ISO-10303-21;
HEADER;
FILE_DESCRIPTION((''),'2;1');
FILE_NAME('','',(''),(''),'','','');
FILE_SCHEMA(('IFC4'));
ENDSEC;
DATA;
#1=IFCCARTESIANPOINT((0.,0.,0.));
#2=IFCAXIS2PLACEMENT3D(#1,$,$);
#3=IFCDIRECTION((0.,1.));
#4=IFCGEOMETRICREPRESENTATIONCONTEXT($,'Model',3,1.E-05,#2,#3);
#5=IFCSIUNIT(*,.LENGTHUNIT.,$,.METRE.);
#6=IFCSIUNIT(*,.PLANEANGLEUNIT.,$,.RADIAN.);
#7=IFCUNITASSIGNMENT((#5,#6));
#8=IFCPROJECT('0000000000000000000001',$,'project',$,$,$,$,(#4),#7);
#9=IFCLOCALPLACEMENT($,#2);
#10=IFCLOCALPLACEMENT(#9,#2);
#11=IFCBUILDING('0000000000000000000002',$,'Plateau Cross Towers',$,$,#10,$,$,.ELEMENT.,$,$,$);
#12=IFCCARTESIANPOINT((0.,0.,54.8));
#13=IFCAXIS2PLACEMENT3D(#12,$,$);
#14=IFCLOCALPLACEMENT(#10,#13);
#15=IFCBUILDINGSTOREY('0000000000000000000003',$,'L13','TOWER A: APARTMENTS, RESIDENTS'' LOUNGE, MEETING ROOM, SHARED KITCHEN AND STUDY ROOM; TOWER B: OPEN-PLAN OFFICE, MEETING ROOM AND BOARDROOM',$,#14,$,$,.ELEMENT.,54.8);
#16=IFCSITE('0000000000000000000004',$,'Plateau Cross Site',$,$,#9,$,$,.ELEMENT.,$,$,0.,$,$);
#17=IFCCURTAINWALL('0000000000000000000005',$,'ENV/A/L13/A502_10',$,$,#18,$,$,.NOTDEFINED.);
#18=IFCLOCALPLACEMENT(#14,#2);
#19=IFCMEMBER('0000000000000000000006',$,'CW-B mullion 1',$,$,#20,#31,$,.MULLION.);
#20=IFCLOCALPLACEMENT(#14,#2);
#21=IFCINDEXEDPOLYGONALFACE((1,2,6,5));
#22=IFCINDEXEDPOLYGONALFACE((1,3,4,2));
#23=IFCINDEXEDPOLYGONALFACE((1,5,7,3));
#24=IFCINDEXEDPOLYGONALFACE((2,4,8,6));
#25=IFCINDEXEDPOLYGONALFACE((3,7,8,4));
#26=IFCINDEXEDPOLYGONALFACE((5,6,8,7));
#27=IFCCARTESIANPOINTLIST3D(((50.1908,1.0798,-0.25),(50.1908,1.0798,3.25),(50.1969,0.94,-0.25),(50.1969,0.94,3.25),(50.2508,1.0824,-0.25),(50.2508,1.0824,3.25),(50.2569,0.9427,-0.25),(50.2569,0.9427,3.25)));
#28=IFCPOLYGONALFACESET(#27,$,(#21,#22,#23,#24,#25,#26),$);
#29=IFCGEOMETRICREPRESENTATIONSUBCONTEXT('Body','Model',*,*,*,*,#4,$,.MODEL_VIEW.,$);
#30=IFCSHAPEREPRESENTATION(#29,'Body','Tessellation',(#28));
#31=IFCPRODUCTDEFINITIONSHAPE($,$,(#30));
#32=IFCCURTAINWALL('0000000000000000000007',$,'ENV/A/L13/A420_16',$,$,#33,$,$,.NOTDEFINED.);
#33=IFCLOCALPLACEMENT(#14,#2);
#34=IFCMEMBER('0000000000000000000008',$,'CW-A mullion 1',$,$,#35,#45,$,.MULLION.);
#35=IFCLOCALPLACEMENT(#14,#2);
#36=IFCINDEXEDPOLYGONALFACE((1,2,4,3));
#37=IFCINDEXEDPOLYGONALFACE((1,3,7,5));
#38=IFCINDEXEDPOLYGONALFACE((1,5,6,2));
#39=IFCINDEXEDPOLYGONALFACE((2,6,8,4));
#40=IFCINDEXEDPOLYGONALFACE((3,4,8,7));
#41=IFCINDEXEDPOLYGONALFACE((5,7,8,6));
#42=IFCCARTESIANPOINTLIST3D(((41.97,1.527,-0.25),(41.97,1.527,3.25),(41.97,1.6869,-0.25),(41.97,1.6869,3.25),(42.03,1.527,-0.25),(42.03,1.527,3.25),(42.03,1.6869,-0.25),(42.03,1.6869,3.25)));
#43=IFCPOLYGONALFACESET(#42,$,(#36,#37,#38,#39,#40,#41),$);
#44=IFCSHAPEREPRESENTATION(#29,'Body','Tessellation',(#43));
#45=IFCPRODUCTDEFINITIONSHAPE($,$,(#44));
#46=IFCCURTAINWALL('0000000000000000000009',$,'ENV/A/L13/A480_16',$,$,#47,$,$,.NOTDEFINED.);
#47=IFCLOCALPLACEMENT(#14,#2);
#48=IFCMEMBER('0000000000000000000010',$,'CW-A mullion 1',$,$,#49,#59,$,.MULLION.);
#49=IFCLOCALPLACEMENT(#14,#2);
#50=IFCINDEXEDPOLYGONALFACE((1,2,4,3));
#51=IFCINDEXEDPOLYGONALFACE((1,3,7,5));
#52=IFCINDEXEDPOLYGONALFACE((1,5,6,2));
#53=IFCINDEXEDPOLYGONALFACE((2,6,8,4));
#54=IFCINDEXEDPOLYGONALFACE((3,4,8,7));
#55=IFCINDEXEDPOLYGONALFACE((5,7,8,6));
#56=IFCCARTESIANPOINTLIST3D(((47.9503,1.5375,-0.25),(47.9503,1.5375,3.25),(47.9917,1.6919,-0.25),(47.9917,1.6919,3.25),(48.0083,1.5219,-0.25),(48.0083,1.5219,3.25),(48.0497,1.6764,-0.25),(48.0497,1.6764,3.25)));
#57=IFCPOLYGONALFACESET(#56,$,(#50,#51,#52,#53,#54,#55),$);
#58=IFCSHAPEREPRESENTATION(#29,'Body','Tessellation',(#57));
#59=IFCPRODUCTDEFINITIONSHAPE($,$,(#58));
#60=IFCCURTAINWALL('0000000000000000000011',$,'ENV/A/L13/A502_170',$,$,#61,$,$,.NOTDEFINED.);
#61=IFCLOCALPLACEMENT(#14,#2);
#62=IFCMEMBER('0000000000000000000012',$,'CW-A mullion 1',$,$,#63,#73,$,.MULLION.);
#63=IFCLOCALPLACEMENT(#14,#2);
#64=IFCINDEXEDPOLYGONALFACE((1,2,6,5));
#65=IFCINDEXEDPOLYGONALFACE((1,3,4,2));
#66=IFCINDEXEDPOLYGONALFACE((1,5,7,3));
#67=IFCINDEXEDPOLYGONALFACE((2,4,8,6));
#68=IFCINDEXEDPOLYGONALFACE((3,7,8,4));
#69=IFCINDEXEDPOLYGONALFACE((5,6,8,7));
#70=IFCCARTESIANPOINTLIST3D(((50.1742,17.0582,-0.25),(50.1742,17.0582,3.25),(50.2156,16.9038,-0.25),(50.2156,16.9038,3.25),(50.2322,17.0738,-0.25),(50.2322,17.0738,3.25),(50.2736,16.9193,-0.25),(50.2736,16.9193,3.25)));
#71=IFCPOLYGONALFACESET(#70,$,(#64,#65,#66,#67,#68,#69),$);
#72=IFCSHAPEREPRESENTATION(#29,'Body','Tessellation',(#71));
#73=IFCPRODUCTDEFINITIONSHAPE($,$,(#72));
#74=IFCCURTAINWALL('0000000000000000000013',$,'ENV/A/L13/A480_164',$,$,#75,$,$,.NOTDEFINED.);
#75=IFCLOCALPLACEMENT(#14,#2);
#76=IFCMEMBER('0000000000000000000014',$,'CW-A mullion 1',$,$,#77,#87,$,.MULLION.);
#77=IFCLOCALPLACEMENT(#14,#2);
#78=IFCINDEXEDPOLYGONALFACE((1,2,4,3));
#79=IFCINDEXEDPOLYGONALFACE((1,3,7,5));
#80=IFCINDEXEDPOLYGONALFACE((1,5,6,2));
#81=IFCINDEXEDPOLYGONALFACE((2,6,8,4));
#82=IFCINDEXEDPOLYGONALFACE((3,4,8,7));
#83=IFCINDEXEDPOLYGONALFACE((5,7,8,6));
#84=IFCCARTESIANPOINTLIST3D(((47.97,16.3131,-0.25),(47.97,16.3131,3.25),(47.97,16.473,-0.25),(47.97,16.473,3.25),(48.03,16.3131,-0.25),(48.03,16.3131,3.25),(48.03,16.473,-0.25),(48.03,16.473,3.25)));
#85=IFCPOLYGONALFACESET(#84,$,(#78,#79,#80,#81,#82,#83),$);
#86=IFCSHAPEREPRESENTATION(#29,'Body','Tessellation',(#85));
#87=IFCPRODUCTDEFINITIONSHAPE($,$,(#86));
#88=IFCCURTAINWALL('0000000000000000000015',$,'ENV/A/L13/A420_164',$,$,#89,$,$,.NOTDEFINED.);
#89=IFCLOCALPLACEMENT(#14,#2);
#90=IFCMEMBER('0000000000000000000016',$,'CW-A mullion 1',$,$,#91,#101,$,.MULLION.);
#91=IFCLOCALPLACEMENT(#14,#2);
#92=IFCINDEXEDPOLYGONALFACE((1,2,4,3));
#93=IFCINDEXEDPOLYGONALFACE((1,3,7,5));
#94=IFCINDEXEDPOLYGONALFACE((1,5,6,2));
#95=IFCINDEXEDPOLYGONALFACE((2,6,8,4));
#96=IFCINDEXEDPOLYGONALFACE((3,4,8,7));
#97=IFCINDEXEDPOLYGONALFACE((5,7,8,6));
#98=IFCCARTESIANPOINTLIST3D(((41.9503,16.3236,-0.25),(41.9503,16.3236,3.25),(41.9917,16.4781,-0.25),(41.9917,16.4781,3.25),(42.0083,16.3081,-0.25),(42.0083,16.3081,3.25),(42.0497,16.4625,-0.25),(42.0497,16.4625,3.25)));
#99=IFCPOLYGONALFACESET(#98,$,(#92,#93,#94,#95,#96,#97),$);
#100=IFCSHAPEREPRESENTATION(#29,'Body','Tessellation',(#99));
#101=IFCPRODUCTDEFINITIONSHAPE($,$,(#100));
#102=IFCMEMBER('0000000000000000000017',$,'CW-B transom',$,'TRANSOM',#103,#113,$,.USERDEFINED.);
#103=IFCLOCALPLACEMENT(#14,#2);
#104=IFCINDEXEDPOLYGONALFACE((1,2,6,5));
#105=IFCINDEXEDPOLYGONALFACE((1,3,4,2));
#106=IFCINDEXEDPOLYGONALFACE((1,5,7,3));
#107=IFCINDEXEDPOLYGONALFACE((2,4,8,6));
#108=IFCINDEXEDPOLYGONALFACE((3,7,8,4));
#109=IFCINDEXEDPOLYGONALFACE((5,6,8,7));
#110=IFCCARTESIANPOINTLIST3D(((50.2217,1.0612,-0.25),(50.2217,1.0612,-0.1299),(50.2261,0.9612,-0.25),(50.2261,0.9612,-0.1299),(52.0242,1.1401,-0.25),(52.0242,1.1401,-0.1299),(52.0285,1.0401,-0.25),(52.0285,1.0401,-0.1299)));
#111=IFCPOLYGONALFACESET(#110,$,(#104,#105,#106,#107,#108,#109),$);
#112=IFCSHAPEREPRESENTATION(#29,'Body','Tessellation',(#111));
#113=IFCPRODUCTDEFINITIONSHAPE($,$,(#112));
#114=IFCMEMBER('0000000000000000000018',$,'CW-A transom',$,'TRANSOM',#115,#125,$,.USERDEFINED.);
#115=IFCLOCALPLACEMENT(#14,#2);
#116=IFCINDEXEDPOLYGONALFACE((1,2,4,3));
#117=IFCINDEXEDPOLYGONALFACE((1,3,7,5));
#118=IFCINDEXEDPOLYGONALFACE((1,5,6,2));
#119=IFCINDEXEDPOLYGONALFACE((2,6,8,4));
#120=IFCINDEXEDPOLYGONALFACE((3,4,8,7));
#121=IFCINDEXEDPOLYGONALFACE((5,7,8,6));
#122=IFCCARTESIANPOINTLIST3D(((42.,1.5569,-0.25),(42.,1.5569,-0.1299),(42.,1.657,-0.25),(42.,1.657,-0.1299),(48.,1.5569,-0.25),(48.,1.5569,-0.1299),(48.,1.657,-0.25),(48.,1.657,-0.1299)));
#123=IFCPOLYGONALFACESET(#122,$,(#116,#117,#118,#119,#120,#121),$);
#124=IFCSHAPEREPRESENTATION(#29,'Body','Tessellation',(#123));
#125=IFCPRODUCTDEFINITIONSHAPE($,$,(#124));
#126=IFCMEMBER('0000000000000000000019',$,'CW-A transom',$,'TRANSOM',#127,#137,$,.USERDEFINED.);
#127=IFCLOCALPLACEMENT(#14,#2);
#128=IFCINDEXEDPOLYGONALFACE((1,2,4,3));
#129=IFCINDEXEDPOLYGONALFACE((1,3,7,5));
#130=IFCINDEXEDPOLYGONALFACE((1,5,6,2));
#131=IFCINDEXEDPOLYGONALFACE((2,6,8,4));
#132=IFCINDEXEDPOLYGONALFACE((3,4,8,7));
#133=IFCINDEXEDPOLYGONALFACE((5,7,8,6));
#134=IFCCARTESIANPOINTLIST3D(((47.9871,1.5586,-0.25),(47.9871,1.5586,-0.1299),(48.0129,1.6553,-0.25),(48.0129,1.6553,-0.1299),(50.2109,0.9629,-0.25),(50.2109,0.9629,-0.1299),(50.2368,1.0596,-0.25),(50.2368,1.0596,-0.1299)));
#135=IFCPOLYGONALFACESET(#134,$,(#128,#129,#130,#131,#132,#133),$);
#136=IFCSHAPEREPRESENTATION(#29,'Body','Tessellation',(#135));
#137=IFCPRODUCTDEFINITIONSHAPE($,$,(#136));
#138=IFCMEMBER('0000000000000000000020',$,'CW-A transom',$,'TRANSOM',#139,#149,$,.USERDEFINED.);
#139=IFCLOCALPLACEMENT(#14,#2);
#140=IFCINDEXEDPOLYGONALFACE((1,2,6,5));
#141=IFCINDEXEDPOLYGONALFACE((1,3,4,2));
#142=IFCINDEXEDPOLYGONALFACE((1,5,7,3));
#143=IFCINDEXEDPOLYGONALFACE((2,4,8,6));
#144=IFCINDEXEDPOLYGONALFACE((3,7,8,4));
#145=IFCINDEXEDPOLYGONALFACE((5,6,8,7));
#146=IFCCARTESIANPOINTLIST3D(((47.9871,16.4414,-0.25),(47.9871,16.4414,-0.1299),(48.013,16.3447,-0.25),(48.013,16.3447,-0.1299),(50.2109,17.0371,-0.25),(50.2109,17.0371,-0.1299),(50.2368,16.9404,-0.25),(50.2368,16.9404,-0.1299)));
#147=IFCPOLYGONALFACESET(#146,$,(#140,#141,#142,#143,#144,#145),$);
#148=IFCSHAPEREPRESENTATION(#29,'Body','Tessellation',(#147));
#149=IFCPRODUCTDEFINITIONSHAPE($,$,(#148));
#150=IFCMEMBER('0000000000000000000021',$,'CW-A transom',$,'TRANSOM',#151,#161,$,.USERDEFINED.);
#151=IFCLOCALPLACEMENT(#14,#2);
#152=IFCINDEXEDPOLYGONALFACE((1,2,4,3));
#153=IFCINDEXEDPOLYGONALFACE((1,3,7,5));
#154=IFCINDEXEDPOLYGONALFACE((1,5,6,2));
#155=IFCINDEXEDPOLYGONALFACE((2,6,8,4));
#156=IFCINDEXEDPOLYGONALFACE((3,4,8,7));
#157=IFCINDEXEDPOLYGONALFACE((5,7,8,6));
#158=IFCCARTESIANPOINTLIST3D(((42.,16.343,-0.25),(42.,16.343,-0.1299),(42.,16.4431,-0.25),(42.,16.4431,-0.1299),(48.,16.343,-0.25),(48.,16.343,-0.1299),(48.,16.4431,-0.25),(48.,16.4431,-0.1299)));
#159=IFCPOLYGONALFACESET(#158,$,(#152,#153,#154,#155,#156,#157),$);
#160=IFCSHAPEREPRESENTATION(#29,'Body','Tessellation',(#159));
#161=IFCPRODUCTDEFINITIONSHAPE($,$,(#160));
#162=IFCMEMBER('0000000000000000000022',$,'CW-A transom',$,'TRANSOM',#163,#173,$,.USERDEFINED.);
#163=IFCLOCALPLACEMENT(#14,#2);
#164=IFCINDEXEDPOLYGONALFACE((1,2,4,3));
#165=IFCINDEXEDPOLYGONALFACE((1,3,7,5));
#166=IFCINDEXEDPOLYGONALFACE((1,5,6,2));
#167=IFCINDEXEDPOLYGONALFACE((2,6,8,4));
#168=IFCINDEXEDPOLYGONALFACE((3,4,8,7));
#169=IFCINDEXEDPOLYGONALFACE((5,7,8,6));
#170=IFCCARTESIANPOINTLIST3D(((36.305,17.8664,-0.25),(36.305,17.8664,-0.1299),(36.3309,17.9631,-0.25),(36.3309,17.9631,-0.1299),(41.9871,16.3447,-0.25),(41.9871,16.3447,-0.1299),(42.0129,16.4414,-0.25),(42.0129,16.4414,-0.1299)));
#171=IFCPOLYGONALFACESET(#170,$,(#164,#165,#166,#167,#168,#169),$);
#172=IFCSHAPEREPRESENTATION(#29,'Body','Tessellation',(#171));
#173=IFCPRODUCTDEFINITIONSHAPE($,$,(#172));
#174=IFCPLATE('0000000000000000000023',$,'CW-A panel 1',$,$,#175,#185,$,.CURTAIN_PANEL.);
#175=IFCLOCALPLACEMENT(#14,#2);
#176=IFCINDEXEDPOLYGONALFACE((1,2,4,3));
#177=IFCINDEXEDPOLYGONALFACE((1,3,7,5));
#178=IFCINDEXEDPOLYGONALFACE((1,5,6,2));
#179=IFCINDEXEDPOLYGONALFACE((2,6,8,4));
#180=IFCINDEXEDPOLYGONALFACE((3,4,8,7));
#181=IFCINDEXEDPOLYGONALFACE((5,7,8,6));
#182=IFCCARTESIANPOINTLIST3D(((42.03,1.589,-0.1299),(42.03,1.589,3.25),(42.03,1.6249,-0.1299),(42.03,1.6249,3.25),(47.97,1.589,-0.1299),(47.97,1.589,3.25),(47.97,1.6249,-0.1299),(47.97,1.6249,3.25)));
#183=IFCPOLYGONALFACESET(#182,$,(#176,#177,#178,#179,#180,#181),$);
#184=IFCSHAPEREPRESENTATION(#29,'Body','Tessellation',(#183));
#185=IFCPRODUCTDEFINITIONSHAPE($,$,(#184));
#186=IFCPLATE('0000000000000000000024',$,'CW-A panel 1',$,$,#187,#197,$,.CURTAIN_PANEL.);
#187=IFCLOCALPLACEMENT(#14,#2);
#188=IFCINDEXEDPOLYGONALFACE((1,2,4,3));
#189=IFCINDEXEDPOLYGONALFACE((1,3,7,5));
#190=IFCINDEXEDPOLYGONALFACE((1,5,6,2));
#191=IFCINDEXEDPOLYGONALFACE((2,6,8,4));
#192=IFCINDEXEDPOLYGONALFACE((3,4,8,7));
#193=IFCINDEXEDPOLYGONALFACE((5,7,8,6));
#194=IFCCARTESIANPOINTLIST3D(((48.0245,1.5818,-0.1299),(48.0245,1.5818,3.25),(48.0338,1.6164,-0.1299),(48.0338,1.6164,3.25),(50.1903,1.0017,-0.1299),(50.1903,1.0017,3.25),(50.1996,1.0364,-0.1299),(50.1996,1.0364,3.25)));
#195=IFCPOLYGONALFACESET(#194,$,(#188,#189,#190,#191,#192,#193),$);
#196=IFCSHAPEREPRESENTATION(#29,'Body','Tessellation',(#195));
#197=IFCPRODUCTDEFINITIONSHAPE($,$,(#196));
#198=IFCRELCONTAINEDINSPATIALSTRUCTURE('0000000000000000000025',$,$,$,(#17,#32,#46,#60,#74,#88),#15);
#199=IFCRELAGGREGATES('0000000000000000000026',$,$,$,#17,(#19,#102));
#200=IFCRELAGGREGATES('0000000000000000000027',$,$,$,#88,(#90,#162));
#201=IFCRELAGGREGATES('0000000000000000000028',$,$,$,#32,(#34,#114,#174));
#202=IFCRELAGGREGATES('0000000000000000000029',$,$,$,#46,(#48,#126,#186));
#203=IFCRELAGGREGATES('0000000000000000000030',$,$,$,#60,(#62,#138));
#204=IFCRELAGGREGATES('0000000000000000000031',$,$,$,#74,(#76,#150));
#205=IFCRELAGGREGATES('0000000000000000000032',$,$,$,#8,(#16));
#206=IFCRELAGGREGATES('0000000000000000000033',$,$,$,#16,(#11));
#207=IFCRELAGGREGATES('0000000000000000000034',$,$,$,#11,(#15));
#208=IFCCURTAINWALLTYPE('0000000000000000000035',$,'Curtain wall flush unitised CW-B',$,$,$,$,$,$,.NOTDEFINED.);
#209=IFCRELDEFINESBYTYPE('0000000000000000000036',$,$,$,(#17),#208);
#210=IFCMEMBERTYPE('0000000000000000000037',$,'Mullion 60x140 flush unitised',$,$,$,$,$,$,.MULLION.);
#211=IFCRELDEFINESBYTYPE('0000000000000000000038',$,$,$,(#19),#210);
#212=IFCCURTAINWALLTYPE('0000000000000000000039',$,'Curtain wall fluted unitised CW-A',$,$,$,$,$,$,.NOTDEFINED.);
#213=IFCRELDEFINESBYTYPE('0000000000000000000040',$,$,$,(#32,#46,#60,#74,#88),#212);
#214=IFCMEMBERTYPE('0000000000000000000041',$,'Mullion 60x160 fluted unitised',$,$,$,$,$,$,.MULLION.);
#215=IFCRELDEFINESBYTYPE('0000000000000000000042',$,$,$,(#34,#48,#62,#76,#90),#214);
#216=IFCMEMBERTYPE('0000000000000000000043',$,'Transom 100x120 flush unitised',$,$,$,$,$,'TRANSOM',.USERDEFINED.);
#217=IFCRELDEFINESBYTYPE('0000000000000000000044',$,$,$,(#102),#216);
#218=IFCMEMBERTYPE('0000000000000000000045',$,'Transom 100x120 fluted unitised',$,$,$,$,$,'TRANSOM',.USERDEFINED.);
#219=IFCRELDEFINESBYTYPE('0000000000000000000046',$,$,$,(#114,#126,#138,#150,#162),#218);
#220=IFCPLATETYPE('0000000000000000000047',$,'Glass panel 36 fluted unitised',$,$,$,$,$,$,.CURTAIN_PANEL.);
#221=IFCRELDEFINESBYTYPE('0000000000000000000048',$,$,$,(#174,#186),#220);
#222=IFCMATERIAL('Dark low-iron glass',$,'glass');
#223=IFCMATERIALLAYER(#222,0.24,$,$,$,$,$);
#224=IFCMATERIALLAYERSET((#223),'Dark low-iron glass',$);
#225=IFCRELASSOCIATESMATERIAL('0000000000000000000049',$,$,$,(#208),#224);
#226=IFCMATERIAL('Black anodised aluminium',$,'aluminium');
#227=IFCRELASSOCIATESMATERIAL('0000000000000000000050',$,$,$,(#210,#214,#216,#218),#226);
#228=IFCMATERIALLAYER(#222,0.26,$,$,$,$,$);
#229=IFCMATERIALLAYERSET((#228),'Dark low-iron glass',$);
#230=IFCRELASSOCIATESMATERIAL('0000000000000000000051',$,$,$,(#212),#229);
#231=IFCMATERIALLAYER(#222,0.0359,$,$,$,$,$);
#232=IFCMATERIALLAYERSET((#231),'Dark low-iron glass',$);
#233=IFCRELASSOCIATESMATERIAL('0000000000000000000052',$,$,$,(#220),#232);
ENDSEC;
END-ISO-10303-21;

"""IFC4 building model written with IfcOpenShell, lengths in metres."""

from ifc_helpers import new_model, si_unit, direction, frame, origin, origin_2d, place, context, subcontext, project, spatial, rectangle, extrude, material, layer, layer_set, material_profile, profile_set, type_object, element, aggregate, save


model = new_model("IFC4")

# Units and contexts
model_context = context("Model", 3, precision=1e-05, world=origin(), true_north=direction((0.0, 1.0)))
body_context = subcontext(model_context, "Body", "Model", "MODEL_VIEW")
ifc_project = project(units=[si_unit("LENGTHUNIT", "METRE"), si_unit("PLANEANGLEUNIT", "RADIAN")], contexts=[model_context])

# Site, building, storey
site_placement = place(None, origin())
site = spatial("IfcSite", under=ifc_project, at=site_placement, Name="Plateau Cross Site", CompositionType="ELEMENT", RefElevation=0.0)
building_placement = place(site_placement, origin())
building = spatial("IfcBuilding", under=site, at=building_placement, Name="Plateau Cross Towers", CompositionType="ELEMENT")
storey_placement = place(building_placement, frame((0.0, 0.0, 54.8)))
storey = spatial("IfcBuildingStorey", under=building, at=storey_placement, Name="L13", Description="TOWER A: APARTMENTS, RESIDENTS' LOUNGE, MEETING ROOM, SHARED KITCHEN AND STUDY ROOM; TOWER B: OPEN-PLAN OFFICE, MEETING ROOM AND BOARDROOM", CompositionType="ELEMENT", Elevation=54.8)

# Curtain walls, members
ifc_material_1 = material(Name="Dark low-iron glass", Category="glass")
ifc_layer_1 = layer(ifc_material_1, 0.24)
ifc_layer_set_1 = layer_set([ifc_layer_1], Name="Dark low-iron glass")
curtain_wall_type_1 = type_object("IfcCurtainWallType", Name="Curtain wall flush unitised CW-B", PredefinedType="NOTDEFINED", material=ifc_layer_set_1)
curtain_wall_1_placement = place(storey_placement, origin())
curtain_wall_1 = element("IfcCurtainWall", 1, at=curtain_wall_1_placement, inside=storey, type_object=curtain_wall_type_1, Name="ENV/A/L13/A502_10", PredefinedType="NOTDEFINED")
ifc_material_2 = material(Name="Black anodised aluminium", Category="aluminium")
ifc_material_profile_1 = material_profile(ifc_material_2, rectangle(XDim=0.0601, YDim=0.1399, at=origin_2d()), Name="MULLION 60x140")
ifc_profile_set_1 = profile_set([ifc_material_profile_1], Name="Black anodised aluminium")
member_type_1 = type_object("IfcMemberType", Name="Mullion 60x140 flush unitised", PredefinedType="MULLION", material=ifc_profile_set_1)
member_1_placement = place(storey_placement, frame((50.2239, 1.0112, -0.25), z_axis=(0.0, 0.0, 1.0), x_axis=(0.999044, 0.043723, 0.0)))
member_1 = element("IfcMember", 2, at=member_1_placement, type_object=member_type_1, Name="CW-B mullion 1", PredefinedType="MULLION", context=body_context, shape_type="SweptSolid", body=[
    extrude(rectangle(XDim=0.0601, YDim=0.1399, at=origin_2d()), origin(), (0.0, 0.0, 1.0), 3.5),
])
ifc_layer_2 = layer(ifc_material_1, 0.26)
ifc_layer_set_2 = layer_set([ifc_layer_2], Name="Dark low-iron glass")
curtain_wall_type_2 = type_object("IfcCurtainWallType", Name="Curtain wall fluted unitised CW-A", PredefinedType="NOTDEFINED", material=ifc_layer_set_2)
curtain_wall_2_placement = place(storey_placement, origin())
curtain_wall_2 = element("IfcCurtainWall", 3, at=curtain_wall_2_placement, inside=storey, type_object=curtain_wall_type_2, Name="ENV/A/L13/A420_16", PredefinedType="NOTDEFINED")
ifc_material_profile_2 = material_profile(ifc_material_2, rectangle(XDim=0.0601, YDim=0.1599, at=origin_2d()), Name="MULLION 60x160")
ifc_profile_set_2 = profile_set([ifc_material_profile_2], Name="Black anodised aluminium")
member_type_2 = type_object("IfcMemberType", Name="Mullion 60x160 fluted unitised", PredefinedType="MULLION", material=ifc_profile_set_2)
member_2_placement = place(storey_placement, frame((42.0, 1.6069, -0.25), z_axis=(0.0, 0.0, 1.0), x_axis=(1.0, 0.0, 0.0)))
member_2 = element("IfcMember", 4, at=member_2_placement, type_object=member_type_2, Name="CW-A mullion 1", PredefinedType="MULLION", context=body_context, shape_type="SweptSolid", body=[
    extrude(rectangle(XDim=0.0601, YDim=0.1599, at=origin_2d()), origin(), (0.0, 0.0, 1.0), 3.5),
])
curtain_wall_3_placement = place(storey_placement, origin())
curtain_wall_3 = element("IfcCurtainWall", 5, at=curtain_wall_3_placement, inside=storey, type_object=curtain_wall_type_2, Name="ENV/A/L13/A480_16", PredefinedType="NOTDEFINED")
member_3_placement = place(storey_placement, frame((48.0, 1.6069, -0.25), z_axis=(0.0, 0.0, 1.0), x_axis=(0.965958, -0.258699, 0.0)))
member_3 = element("IfcMember", 6, at=member_3_placement, type_object=member_type_2, Name="CW-A mullion 1", PredefinedType="MULLION", context=body_context, shape_type="SweptSolid", body=[
    extrude(rectangle(XDim=0.0601, YDim=0.1599, at=origin_2d()), origin(), (0.0, 0.0, 1.0), 3.5),
])
curtain_wall_4_placement = place(storey_placement, origin())
curtain_wall_4 = element("IfcCurtainWall", 7, at=curtain_wall_4_placement, inside=storey, type_object=curtain_wall_type_2, Name="ENV/A/L13/A502_170", PredefinedType="NOTDEFINED")
member_4_placement = place(storey_placement, frame((50.2239, 16.9888, -0.25), z_axis=(0.0, 0.0, 1.0), x_axis=(-0.965958, -0.258699, 0.0)))
member_4 = element("IfcMember", 8, at=member_4_placement, type_object=member_type_2, Name="CW-A mullion 1", PredefinedType="MULLION", context=body_context, shape_type="SweptSolid", body=[
    extrude(rectangle(XDim=0.0601, YDim=0.1599, at=origin_2d()), origin(), (0.0, 0.0, 1.0), 3.5),
])
curtain_wall_5_placement = place(storey_placement, origin())
curtain_wall_5 = element("IfcCurtainWall", 9, at=curtain_wall_5_placement, inside=storey, type_object=curtain_wall_type_2, Name="ENV/A/L13/A480_164", PredefinedType="NOTDEFINED")
member_5_placement = place(storey_placement, frame((48.0, 16.3931, -0.25), z_axis=(0.0, 0.0, 1.0), x_axis=(-1.0, 0.0, 0.0)))
member_5 = element("IfcMember", 10, at=member_5_placement, type_object=member_type_2, Name="CW-A mullion 1", PredefinedType="MULLION", context=body_context, shape_type="SweptSolid", body=[
    extrude(rectangle(XDim=0.0601, YDim=0.1599, at=origin_2d()), origin(), (0.0, 0.0, 1.0), 3.5),
])
curtain_wall_6_placement = place(storey_placement, origin())
curtain_wall_6 = element("IfcCurtainWall", 11, at=curtain_wall_6_placement, inside=storey, type_object=curtain_wall_type_2, Name="ENV/A/L13/A420_164", PredefinedType="NOTDEFINED")
member_6_placement = place(storey_placement, frame((42.0, 16.3931, -0.25), z_axis=(0.0, 0.0, 1.0), x_axis=(-0.965958, 0.258699, 0.0)))
member_6 = element("IfcMember", 12, at=member_6_placement, type_object=member_type_2, Name="CW-A mullion 1", PredefinedType="MULLION", context=body_context, shape_type="SweptSolid", body=[
    extrude(rectangle(XDim=0.0601, YDim=0.1599, at=origin_2d()), origin(), (0.0, 0.0, 1.0), 3.5),
])

# Members
ifc_material_profile_3 = material_profile(ifc_material_2, rectangle(XDim=0.1001, YDim=0.1201, at=origin_2d()), Name="TRANSOM 100x120")
ifc_profile_set_3 = profile_set([ifc_material_profile_3], Name="Black anodised aluminium")
member_type_3 = type_object("IfcMemberType", Name="Transom 100x120 flush unitised", ElementType="TRANSOM", PredefinedType="USERDEFINED", material=ifc_profile_set_3)
member_7_placement = place(storey_placement, frame((50.2239, 1.0112, -0.1899), z_axis=(0.999044, 0.043707, 0.0), x_axis=(-0.043707, 0.999044, 0.0)))
member_7 = element("IfcMember", 13, at=member_7_placement, type_object=member_type_3, Name="CW-B transom", ObjectType="TRANSOM", PredefinedType="USERDEFINED", context=body_context, shape_type="SweptSolid", body=[
    extrude(rectangle(XDim=0.1001, YDim=0.1201, at=origin_2d()), origin(), (0.0, 0.0, 1.0), 1.8042),
])
aggregate(curtain_wall_1, [member_1, member_7])
ifc_material_profile_4 = material_profile(ifc_material_2, rectangle(XDim=0.1001, YDim=0.1201, at=origin_2d()), Name="TRANSOM 100x120")
ifc_profile_set_4 = profile_set([ifc_material_profile_4], Name="Black anodised aluminium")
member_type_4 = type_object("IfcMemberType", Name="Transom 100x120 fluted unitised", ElementType="TRANSOM", PredefinedType="USERDEFINED", material=ifc_profile_set_4)
member_8_placement = place(storey_placement, frame((42.0, 1.6069, -0.1899), z_axis=(1.0, 0.0, 0.0), x_axis=(0.0, 1.0, 0.0)))
member_8 = element("IfcMember", 14, at=member_8_placement, type_object=member_type_4, Name="CW-A transom", ObjectType="TRANSOM", PredefinedType="USERDEFINED", context=body_context, shape_type="SweptSolid", body=[
    extrude(rectangle(XDim=0.1001, YDim=0.1201, at=origin_2d()), origin(), (0.0, 0.0, 1.0), 6.0),
])
member_9_placement = place(storey_placement, frame((48.0, 1.6069, -0.1899), z_axis=(0.965946, -0.258745, 0.0), x_axis=(0.258745, 0.965946, 0.0)))
member_9 = element("IfcMember", 15, at=member_9_placement, type_object=member_type_4, Name="CW-A transom", ObjectType="TRANSOM", PredefinedType="USERDEFINED", context=body_context, shape_type="SweptSolid", body=[
    extrude(rectangle(XDim=0.1001, YDim=0.1201, at=origin_2d()), origin(), (0.0, 0.0, 1.0), 2.3022),
])
member_10_placement = place(storey_placement, frame((50.2239, 16.9888, -0.1899), z_axis=(-0.965946, -0.258745, 0.0), x_axis=(0.258745, -0.965946, 0.0)))
member_10 = element("IfcMember", 16, at=member_10_placement, type_object=member_type_4, Name="CW-A transom", ObjectType="TRANSOM", PredefinedType="USERDEFINED", context=body_context, shape_type="SweptSolid", body=[
    extrude(rectangle(XDim=0.1001, YDim=0.1201, at=origin_2d()), origin(), (0.0, 0.0, 1.0), 2.3022),
])
member_11_placement = place(storey_placement, frame((48.0, 16.3931, -0.1899), z_axis=(-1.0, 0.0, 0.0), x_axis=(0.0, -1.0, 0.0)))
member_11 = element("IfcMember", 17, at=member_11_placement, type_object=member_type_4, Name="CW-A transom", ObjectType="TRANSOM", PredefinedType="USERDEFINED", context=body_context, shape_type="SweptSolid", body=[
    extrude(rectangle(XDim=0.1001, YDim=0.1201, at=origin_2d()), origin(), (0.0, 0.0, 1.0), 6.0),
])
member_12_placement = place(storey_placement, frame((42.0, 16.3931, -0.1899), z_axis=(-0.96596, 0.258693, 0.0), x_axis=(-0.258693, -0.96596, 0.0)))
member_12 = element("IfcMember", 18, at=member_12_placement, type_object=member_type_4, Name="CW-A transom", ObjectType="TRANSOM", PredefinedType="USERDEFINED", context=body_context, shape_type="SweptSolid", body=[
    extrude(rectangle(XDim=0.1001, YDim=0.1201, at=origin_2d()), origin(), (0.0, 0.0, 1.0), 5.8823),
])
aggregate(curtain_wall_6, [member_6, member_12])

# Plates
ifc_layer_3 = layer(ifc_material_1, 0.0359)
ifc_layer_set_3 = layer_set([ifc_layer_3], Name="Dark low-iron glass")
plate_type = type_object("IfcPlateType", Name="Glass panel 36 fluted unitised", PredefinedType="CURTAIN_PANEL", material=ifc_layer_set_3)
plate_1_placement = place(storey_placement, frame((45.0, 1.6069, -0.1299), z_axis=(0.0, 0.0, 1.0), x_axis=(1.0, 0.0, 0.0)))
plate_1 = element("IfcPlate", 19, at=plate_1_placement, type_object=plate_type, Name="CW-A panel 1", PredefinedType="CURTAIN_PANEL", context=body_context, shape_type="SweptSolid", body=[
    extrude(rectangle(XDim=5.9399, YDim=0.0359, at=origin_2d()), origin(), (0.0, 0.0, 1.0), 3.3799),
])
aggregate(curtain_wall_2, [member_2, member_8, plate_1])
plate_2_placement = place(storey_placement, frame((49.1121, 1.3091, -0.1299), z_axis=(0.0, 0.0, 1.0), x_axis=(0.965958, -0.258699, 0.0)))
plate_2 = element("IfcPlate", 20, at=plate_2_placement, type_object=plate_type, Name="CW-A panel 1", PredefinedType="CURTAIN_PANEL", context=body_context, shape_type="SweptSolid", body=[
    extrude(rectangle(XDim=2.2422, YDim=0.0359, at=origin_2d()), origin(), (0.0, 0.0, 1.0), 3.3799),
])
aggregate(curtain_wall_3, [member_3, member_9, plate_2])
aggregate(curtain_wall_4, [member_4, member_10])
aggregate(curtain_wall_5, [member_5, member_11])

save(model, "model.ifc")
